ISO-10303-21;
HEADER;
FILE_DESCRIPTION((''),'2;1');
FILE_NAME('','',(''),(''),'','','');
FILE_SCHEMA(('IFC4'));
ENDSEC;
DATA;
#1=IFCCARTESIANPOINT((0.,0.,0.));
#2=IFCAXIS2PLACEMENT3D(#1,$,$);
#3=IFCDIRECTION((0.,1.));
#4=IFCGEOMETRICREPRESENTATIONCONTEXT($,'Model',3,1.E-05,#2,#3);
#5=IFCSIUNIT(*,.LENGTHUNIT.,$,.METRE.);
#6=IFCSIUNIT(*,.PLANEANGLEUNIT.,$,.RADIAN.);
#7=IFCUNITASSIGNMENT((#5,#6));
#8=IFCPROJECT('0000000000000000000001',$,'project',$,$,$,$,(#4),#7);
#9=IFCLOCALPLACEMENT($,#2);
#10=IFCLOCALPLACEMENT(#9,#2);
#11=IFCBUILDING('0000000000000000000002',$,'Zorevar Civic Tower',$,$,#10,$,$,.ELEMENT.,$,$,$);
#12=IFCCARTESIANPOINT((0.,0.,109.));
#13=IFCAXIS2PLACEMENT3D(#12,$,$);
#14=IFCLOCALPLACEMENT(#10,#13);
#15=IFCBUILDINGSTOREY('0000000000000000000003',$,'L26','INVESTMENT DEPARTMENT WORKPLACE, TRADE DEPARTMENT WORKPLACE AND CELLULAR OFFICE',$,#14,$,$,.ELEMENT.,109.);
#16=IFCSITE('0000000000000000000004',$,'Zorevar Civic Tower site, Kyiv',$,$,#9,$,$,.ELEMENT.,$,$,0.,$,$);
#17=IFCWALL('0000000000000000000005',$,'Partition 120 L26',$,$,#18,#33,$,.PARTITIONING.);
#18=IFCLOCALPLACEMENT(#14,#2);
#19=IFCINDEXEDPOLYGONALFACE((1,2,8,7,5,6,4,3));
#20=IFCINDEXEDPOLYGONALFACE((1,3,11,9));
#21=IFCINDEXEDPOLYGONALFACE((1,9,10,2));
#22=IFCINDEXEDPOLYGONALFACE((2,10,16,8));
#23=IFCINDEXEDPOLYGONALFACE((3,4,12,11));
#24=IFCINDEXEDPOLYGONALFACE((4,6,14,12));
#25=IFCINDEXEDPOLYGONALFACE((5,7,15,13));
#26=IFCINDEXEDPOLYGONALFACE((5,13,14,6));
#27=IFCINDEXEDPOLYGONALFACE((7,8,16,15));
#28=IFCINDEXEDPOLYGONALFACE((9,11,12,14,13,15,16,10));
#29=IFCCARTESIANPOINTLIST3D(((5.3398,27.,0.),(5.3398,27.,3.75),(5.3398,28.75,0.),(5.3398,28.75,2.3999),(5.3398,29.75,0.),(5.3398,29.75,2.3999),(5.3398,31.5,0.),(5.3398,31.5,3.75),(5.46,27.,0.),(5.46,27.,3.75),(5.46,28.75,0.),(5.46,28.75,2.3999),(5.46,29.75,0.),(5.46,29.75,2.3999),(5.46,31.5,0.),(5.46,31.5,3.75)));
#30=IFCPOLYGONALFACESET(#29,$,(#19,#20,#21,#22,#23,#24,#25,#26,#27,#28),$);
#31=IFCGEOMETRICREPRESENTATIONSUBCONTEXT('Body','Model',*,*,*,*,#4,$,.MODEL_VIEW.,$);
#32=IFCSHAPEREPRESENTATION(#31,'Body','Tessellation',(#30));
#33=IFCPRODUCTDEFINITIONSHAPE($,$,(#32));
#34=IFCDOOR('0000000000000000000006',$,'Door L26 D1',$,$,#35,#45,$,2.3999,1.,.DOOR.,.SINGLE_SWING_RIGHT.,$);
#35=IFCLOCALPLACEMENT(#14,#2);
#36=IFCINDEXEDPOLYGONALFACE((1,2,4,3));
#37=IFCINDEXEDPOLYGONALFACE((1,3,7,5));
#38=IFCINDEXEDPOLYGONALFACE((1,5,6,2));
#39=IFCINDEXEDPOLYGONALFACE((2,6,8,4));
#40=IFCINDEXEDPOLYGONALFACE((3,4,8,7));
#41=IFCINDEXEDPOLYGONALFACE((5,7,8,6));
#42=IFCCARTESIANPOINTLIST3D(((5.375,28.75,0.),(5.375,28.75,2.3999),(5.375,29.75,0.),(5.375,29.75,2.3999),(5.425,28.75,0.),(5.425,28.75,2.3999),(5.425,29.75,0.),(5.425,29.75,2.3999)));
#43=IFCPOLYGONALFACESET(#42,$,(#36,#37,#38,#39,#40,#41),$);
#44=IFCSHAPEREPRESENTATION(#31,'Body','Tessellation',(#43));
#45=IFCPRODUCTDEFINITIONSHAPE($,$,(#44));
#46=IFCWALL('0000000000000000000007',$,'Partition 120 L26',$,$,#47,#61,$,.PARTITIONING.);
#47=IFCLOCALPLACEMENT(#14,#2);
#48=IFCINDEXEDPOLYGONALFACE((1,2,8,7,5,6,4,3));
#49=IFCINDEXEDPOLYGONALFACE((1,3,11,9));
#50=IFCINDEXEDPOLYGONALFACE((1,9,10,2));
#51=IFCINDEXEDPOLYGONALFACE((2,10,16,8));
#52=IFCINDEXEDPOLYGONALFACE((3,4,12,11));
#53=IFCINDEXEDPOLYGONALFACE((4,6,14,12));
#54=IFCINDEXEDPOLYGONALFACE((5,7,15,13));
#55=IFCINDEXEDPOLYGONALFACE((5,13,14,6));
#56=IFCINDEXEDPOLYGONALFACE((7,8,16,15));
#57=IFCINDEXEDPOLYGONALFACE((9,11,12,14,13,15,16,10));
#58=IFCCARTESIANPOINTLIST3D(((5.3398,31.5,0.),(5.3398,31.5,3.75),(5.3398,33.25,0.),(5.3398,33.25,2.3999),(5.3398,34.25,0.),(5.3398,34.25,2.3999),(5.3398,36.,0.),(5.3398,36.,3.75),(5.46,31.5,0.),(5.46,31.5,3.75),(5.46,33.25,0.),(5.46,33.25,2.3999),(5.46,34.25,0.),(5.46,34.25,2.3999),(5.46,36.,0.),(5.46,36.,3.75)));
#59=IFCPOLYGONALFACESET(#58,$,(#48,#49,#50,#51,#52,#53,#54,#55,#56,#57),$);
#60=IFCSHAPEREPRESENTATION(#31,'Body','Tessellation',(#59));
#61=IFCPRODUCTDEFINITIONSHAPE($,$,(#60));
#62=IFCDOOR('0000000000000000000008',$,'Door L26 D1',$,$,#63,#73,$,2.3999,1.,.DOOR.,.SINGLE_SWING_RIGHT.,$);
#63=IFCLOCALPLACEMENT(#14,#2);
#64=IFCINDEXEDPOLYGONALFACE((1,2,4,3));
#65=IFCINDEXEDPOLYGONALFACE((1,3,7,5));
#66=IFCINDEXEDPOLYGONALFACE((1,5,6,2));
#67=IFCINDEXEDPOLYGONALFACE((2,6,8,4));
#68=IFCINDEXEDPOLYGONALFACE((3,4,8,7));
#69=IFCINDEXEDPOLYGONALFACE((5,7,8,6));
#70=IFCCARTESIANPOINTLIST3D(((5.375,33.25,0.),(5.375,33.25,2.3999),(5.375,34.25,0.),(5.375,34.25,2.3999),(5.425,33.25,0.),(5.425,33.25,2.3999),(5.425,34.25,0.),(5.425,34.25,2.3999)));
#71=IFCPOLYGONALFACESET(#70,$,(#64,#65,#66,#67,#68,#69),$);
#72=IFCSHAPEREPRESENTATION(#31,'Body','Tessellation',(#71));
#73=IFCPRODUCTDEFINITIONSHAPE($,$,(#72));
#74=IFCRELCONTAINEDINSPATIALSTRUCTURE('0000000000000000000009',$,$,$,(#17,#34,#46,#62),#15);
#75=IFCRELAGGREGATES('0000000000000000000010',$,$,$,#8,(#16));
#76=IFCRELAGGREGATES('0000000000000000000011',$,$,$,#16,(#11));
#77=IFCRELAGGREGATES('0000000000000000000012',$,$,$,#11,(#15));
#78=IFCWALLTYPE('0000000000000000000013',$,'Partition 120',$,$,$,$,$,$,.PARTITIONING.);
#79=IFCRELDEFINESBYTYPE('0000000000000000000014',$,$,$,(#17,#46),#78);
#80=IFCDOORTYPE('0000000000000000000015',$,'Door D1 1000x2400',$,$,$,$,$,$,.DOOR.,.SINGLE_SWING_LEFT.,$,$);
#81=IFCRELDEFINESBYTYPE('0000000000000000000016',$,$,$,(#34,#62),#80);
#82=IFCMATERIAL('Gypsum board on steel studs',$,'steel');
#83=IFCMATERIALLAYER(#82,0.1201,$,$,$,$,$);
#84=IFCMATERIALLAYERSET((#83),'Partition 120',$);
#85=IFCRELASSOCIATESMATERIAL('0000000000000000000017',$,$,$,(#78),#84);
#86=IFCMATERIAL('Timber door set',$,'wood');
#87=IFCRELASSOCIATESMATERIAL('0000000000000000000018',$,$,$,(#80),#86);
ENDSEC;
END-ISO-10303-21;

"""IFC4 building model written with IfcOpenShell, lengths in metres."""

from ifc_helpers import new_model, si_unit, direction, frame, frame_2d, origin, place, context, subcontext, project, spatial, rectangle, extrude, material, layer, layer_set, type_object, element, fill, save


model = new_model("IFC4")

# Units and contexts
model_context = context("Model", 3, precision=1e-05, world=origin(), true_north=direction((0.0, 1.0)))
body_context = subcontext(model_context, "Body", "Model", "MODEL_VIEW")
ifc_project = project(units=[si_unit("LENGTHUNIT", "METRE"), si_unit("PLANEANGLEUNIT", "RADIAN")], contexts=[model_context])

# Site, building, storey
site_placement = place(None, origin())
site = spatial("IfcSite", under=ifc_project, at=site_placement, Name="Zorevar Civic Tower site, Kyiv", CompositionType="ELEMENT", RefElevation=0.0)
building_placement = place(site_placement, origin())
building = spatial("IfcBuilding", under=site, at=building_placement, Name="Zorevar Civic Tower", CompositionType="ELEMENT")
storey_placement = place(building_placement, frame((0.0, 0.0, 109.0)))
storey = spatial("IfcBuildingStorey", under=building, at=storey_placement, Name="L26", Description="INVESTMENT DEPARTMENT WORKPLACE, TRADE DEPARTMENT WORKPLACE AND CELLULAR OFFICE", CompositionType="ELEMENT", Elevation=109.0)

# Walls, openings, doors
ifc_material_1 = material(Name="Gypsum board on steel studs", Category="steel")
ifc_layer_1 = layer(ifc_material_1, 0.1201)
ifc_layer_set_1 = layer_set([ifc_layer_1], Name="Partition 120")
wall_type_1 = type_object("IfcWallType", Name="Partition 120", PredefinedType="PARTITIONING", material=ifc_layer_set_1)
ifc_material_2 = material(Name="Timber door set", Category="wood")
door_type = type_object("IfcDoorType", Name="Door D1 1000x2400", OperationType="SINGLE_SWING_LEFT", PredefinedType="DOOR", material=ifc_material_2)
wall_1_placement = place(storey_placement, frame((5.3999, 27.0, 0.0), z_axis=(0.0, 0.0, 1.0), x_axis=(0.0, 1.0, 0.0)))
wall_1 = element("IfcWall", 1, at=wall_1_placement, inside=storey, type_object=wall_type_1, Name="Partition 120 L26", PredefinedType="PARTITIONING", context=body_context, shape_type="SweptSolid", body=[
    extrude(rectangle(XDim=4.5, YDim=0.1201, at=frame_2d((2.25, 0.0))), origin(), (0.0, 0.0, 1.0), 3.75),
])
opening_1_placement = place(wall_1_placement, frame((1.75, 0.0, 0.0)))
opening_1 = element("IfcOpeningElement", 2, at=opening_1_placement, cuts=wall_1, PredefinedType="OPENING", context=body_context, shape_type="SweptSolid", body=[
    extrude(rectangle(XDim=1.0, YDim=2.3999, at=frame_2d((0.5, 1.2))), frame((0.0, 0.0701, 0.0), z_axis=(0.0, -1.0, 0.0), x_axis=(1.0, 0.0, 0.0)), (0.0, 0.0, 1.0), 0.1401),
])
door_1_placement = place(opening_1_placement, origin())
door_1 = element("IfcDoor", 3, at=door_1_placement, inside=storey, type_object=door_type, Name="Door L26 D1", OperationType="SINGLE_SWING_RIGHT", OverallHeight=2.3999, OverallWidth=1.0, PredefinedType="DOOR", context=body_context, shape_type="SweptSolid", body=[
    extrude(rectangle(XDim=1.0, YDim=2.3999, at=frame_2d((0.5, 1.2))), frame((0.0, 0.0249, 0.0), z_axis=(0.0, -1.0, 0.0), x_axis=(1.0, 0.0, 0.0)), (0.0, 0.0, 1.0), 0.05),
])
fill(opening_1, door_1)
wall_2_placement = place(storey_placement, frame((5.3999, 31.5, 0.0), z_axis=(0.0, 0.0, 1.0), x_axis=(0.0, 1.0, 0.0)))
wall_2 = element("IfcWall", 4, at=wall_2_placement, inside=storey, type_object=wall_type_1, Name="Partition 120 L26", PredefinedType="PARTITIONING", context=body_context, shape_type="SweptSolid", body=[
    extrude(rectangle(XDim=4.5, YDim=0.1201, at=frame_2d((2.25, 0.0))), origin(), (0.0, 0.0, 1.0), 3.75),
])
opening_2_placement = place(wall_2_placement, frame((1.75, 0.0, 0.0)))
opening_2 = element("IfcOpeningElement", 5, at=opening_2_placement, cuts=wall_2, PredefinedType="OPENING", context=body_context, shape_type="SweptSolid", body=[
    extrude(rectangle(XDim=1.0, YDim=2.3999, at=frame_2d((0.5, 1.2))), frame((0.0, 0.0701, 0.0), z_axis=(0.0, -1.0, 0.0), x_axis=(1.0, 0.0, 0.0)), (0.0, 0.0, 1.0), 0.1401),
])
door_2_placement = place(opening_2_placement, origin())
door_2 = element("IfcDoor", 6, at=door_2_placement, inside=storey, type_object=door_type, Name="Door L26 D1", OperationType="SINGLE_SWING_RIGHT", OverallHeight=2.3999, OverallWidth=1.0, PredefinedType="DOOR", context=body_context, shape_type="SweptSolid", body=[
    extrude(rectangle(XDim=1.0, YDim=2.3999, at=frame_2d((0.5, 1.2))), frame((0.0, 0.0249, 0.0), z_axis=(0.0, -1.0, 0.0), x_axis=(1.0, 0.0, 0.0)), (0.0, 0.0, 1.0), 0.05),
])
fill(opening_2, door_2)

save(model, "model.ifc")
